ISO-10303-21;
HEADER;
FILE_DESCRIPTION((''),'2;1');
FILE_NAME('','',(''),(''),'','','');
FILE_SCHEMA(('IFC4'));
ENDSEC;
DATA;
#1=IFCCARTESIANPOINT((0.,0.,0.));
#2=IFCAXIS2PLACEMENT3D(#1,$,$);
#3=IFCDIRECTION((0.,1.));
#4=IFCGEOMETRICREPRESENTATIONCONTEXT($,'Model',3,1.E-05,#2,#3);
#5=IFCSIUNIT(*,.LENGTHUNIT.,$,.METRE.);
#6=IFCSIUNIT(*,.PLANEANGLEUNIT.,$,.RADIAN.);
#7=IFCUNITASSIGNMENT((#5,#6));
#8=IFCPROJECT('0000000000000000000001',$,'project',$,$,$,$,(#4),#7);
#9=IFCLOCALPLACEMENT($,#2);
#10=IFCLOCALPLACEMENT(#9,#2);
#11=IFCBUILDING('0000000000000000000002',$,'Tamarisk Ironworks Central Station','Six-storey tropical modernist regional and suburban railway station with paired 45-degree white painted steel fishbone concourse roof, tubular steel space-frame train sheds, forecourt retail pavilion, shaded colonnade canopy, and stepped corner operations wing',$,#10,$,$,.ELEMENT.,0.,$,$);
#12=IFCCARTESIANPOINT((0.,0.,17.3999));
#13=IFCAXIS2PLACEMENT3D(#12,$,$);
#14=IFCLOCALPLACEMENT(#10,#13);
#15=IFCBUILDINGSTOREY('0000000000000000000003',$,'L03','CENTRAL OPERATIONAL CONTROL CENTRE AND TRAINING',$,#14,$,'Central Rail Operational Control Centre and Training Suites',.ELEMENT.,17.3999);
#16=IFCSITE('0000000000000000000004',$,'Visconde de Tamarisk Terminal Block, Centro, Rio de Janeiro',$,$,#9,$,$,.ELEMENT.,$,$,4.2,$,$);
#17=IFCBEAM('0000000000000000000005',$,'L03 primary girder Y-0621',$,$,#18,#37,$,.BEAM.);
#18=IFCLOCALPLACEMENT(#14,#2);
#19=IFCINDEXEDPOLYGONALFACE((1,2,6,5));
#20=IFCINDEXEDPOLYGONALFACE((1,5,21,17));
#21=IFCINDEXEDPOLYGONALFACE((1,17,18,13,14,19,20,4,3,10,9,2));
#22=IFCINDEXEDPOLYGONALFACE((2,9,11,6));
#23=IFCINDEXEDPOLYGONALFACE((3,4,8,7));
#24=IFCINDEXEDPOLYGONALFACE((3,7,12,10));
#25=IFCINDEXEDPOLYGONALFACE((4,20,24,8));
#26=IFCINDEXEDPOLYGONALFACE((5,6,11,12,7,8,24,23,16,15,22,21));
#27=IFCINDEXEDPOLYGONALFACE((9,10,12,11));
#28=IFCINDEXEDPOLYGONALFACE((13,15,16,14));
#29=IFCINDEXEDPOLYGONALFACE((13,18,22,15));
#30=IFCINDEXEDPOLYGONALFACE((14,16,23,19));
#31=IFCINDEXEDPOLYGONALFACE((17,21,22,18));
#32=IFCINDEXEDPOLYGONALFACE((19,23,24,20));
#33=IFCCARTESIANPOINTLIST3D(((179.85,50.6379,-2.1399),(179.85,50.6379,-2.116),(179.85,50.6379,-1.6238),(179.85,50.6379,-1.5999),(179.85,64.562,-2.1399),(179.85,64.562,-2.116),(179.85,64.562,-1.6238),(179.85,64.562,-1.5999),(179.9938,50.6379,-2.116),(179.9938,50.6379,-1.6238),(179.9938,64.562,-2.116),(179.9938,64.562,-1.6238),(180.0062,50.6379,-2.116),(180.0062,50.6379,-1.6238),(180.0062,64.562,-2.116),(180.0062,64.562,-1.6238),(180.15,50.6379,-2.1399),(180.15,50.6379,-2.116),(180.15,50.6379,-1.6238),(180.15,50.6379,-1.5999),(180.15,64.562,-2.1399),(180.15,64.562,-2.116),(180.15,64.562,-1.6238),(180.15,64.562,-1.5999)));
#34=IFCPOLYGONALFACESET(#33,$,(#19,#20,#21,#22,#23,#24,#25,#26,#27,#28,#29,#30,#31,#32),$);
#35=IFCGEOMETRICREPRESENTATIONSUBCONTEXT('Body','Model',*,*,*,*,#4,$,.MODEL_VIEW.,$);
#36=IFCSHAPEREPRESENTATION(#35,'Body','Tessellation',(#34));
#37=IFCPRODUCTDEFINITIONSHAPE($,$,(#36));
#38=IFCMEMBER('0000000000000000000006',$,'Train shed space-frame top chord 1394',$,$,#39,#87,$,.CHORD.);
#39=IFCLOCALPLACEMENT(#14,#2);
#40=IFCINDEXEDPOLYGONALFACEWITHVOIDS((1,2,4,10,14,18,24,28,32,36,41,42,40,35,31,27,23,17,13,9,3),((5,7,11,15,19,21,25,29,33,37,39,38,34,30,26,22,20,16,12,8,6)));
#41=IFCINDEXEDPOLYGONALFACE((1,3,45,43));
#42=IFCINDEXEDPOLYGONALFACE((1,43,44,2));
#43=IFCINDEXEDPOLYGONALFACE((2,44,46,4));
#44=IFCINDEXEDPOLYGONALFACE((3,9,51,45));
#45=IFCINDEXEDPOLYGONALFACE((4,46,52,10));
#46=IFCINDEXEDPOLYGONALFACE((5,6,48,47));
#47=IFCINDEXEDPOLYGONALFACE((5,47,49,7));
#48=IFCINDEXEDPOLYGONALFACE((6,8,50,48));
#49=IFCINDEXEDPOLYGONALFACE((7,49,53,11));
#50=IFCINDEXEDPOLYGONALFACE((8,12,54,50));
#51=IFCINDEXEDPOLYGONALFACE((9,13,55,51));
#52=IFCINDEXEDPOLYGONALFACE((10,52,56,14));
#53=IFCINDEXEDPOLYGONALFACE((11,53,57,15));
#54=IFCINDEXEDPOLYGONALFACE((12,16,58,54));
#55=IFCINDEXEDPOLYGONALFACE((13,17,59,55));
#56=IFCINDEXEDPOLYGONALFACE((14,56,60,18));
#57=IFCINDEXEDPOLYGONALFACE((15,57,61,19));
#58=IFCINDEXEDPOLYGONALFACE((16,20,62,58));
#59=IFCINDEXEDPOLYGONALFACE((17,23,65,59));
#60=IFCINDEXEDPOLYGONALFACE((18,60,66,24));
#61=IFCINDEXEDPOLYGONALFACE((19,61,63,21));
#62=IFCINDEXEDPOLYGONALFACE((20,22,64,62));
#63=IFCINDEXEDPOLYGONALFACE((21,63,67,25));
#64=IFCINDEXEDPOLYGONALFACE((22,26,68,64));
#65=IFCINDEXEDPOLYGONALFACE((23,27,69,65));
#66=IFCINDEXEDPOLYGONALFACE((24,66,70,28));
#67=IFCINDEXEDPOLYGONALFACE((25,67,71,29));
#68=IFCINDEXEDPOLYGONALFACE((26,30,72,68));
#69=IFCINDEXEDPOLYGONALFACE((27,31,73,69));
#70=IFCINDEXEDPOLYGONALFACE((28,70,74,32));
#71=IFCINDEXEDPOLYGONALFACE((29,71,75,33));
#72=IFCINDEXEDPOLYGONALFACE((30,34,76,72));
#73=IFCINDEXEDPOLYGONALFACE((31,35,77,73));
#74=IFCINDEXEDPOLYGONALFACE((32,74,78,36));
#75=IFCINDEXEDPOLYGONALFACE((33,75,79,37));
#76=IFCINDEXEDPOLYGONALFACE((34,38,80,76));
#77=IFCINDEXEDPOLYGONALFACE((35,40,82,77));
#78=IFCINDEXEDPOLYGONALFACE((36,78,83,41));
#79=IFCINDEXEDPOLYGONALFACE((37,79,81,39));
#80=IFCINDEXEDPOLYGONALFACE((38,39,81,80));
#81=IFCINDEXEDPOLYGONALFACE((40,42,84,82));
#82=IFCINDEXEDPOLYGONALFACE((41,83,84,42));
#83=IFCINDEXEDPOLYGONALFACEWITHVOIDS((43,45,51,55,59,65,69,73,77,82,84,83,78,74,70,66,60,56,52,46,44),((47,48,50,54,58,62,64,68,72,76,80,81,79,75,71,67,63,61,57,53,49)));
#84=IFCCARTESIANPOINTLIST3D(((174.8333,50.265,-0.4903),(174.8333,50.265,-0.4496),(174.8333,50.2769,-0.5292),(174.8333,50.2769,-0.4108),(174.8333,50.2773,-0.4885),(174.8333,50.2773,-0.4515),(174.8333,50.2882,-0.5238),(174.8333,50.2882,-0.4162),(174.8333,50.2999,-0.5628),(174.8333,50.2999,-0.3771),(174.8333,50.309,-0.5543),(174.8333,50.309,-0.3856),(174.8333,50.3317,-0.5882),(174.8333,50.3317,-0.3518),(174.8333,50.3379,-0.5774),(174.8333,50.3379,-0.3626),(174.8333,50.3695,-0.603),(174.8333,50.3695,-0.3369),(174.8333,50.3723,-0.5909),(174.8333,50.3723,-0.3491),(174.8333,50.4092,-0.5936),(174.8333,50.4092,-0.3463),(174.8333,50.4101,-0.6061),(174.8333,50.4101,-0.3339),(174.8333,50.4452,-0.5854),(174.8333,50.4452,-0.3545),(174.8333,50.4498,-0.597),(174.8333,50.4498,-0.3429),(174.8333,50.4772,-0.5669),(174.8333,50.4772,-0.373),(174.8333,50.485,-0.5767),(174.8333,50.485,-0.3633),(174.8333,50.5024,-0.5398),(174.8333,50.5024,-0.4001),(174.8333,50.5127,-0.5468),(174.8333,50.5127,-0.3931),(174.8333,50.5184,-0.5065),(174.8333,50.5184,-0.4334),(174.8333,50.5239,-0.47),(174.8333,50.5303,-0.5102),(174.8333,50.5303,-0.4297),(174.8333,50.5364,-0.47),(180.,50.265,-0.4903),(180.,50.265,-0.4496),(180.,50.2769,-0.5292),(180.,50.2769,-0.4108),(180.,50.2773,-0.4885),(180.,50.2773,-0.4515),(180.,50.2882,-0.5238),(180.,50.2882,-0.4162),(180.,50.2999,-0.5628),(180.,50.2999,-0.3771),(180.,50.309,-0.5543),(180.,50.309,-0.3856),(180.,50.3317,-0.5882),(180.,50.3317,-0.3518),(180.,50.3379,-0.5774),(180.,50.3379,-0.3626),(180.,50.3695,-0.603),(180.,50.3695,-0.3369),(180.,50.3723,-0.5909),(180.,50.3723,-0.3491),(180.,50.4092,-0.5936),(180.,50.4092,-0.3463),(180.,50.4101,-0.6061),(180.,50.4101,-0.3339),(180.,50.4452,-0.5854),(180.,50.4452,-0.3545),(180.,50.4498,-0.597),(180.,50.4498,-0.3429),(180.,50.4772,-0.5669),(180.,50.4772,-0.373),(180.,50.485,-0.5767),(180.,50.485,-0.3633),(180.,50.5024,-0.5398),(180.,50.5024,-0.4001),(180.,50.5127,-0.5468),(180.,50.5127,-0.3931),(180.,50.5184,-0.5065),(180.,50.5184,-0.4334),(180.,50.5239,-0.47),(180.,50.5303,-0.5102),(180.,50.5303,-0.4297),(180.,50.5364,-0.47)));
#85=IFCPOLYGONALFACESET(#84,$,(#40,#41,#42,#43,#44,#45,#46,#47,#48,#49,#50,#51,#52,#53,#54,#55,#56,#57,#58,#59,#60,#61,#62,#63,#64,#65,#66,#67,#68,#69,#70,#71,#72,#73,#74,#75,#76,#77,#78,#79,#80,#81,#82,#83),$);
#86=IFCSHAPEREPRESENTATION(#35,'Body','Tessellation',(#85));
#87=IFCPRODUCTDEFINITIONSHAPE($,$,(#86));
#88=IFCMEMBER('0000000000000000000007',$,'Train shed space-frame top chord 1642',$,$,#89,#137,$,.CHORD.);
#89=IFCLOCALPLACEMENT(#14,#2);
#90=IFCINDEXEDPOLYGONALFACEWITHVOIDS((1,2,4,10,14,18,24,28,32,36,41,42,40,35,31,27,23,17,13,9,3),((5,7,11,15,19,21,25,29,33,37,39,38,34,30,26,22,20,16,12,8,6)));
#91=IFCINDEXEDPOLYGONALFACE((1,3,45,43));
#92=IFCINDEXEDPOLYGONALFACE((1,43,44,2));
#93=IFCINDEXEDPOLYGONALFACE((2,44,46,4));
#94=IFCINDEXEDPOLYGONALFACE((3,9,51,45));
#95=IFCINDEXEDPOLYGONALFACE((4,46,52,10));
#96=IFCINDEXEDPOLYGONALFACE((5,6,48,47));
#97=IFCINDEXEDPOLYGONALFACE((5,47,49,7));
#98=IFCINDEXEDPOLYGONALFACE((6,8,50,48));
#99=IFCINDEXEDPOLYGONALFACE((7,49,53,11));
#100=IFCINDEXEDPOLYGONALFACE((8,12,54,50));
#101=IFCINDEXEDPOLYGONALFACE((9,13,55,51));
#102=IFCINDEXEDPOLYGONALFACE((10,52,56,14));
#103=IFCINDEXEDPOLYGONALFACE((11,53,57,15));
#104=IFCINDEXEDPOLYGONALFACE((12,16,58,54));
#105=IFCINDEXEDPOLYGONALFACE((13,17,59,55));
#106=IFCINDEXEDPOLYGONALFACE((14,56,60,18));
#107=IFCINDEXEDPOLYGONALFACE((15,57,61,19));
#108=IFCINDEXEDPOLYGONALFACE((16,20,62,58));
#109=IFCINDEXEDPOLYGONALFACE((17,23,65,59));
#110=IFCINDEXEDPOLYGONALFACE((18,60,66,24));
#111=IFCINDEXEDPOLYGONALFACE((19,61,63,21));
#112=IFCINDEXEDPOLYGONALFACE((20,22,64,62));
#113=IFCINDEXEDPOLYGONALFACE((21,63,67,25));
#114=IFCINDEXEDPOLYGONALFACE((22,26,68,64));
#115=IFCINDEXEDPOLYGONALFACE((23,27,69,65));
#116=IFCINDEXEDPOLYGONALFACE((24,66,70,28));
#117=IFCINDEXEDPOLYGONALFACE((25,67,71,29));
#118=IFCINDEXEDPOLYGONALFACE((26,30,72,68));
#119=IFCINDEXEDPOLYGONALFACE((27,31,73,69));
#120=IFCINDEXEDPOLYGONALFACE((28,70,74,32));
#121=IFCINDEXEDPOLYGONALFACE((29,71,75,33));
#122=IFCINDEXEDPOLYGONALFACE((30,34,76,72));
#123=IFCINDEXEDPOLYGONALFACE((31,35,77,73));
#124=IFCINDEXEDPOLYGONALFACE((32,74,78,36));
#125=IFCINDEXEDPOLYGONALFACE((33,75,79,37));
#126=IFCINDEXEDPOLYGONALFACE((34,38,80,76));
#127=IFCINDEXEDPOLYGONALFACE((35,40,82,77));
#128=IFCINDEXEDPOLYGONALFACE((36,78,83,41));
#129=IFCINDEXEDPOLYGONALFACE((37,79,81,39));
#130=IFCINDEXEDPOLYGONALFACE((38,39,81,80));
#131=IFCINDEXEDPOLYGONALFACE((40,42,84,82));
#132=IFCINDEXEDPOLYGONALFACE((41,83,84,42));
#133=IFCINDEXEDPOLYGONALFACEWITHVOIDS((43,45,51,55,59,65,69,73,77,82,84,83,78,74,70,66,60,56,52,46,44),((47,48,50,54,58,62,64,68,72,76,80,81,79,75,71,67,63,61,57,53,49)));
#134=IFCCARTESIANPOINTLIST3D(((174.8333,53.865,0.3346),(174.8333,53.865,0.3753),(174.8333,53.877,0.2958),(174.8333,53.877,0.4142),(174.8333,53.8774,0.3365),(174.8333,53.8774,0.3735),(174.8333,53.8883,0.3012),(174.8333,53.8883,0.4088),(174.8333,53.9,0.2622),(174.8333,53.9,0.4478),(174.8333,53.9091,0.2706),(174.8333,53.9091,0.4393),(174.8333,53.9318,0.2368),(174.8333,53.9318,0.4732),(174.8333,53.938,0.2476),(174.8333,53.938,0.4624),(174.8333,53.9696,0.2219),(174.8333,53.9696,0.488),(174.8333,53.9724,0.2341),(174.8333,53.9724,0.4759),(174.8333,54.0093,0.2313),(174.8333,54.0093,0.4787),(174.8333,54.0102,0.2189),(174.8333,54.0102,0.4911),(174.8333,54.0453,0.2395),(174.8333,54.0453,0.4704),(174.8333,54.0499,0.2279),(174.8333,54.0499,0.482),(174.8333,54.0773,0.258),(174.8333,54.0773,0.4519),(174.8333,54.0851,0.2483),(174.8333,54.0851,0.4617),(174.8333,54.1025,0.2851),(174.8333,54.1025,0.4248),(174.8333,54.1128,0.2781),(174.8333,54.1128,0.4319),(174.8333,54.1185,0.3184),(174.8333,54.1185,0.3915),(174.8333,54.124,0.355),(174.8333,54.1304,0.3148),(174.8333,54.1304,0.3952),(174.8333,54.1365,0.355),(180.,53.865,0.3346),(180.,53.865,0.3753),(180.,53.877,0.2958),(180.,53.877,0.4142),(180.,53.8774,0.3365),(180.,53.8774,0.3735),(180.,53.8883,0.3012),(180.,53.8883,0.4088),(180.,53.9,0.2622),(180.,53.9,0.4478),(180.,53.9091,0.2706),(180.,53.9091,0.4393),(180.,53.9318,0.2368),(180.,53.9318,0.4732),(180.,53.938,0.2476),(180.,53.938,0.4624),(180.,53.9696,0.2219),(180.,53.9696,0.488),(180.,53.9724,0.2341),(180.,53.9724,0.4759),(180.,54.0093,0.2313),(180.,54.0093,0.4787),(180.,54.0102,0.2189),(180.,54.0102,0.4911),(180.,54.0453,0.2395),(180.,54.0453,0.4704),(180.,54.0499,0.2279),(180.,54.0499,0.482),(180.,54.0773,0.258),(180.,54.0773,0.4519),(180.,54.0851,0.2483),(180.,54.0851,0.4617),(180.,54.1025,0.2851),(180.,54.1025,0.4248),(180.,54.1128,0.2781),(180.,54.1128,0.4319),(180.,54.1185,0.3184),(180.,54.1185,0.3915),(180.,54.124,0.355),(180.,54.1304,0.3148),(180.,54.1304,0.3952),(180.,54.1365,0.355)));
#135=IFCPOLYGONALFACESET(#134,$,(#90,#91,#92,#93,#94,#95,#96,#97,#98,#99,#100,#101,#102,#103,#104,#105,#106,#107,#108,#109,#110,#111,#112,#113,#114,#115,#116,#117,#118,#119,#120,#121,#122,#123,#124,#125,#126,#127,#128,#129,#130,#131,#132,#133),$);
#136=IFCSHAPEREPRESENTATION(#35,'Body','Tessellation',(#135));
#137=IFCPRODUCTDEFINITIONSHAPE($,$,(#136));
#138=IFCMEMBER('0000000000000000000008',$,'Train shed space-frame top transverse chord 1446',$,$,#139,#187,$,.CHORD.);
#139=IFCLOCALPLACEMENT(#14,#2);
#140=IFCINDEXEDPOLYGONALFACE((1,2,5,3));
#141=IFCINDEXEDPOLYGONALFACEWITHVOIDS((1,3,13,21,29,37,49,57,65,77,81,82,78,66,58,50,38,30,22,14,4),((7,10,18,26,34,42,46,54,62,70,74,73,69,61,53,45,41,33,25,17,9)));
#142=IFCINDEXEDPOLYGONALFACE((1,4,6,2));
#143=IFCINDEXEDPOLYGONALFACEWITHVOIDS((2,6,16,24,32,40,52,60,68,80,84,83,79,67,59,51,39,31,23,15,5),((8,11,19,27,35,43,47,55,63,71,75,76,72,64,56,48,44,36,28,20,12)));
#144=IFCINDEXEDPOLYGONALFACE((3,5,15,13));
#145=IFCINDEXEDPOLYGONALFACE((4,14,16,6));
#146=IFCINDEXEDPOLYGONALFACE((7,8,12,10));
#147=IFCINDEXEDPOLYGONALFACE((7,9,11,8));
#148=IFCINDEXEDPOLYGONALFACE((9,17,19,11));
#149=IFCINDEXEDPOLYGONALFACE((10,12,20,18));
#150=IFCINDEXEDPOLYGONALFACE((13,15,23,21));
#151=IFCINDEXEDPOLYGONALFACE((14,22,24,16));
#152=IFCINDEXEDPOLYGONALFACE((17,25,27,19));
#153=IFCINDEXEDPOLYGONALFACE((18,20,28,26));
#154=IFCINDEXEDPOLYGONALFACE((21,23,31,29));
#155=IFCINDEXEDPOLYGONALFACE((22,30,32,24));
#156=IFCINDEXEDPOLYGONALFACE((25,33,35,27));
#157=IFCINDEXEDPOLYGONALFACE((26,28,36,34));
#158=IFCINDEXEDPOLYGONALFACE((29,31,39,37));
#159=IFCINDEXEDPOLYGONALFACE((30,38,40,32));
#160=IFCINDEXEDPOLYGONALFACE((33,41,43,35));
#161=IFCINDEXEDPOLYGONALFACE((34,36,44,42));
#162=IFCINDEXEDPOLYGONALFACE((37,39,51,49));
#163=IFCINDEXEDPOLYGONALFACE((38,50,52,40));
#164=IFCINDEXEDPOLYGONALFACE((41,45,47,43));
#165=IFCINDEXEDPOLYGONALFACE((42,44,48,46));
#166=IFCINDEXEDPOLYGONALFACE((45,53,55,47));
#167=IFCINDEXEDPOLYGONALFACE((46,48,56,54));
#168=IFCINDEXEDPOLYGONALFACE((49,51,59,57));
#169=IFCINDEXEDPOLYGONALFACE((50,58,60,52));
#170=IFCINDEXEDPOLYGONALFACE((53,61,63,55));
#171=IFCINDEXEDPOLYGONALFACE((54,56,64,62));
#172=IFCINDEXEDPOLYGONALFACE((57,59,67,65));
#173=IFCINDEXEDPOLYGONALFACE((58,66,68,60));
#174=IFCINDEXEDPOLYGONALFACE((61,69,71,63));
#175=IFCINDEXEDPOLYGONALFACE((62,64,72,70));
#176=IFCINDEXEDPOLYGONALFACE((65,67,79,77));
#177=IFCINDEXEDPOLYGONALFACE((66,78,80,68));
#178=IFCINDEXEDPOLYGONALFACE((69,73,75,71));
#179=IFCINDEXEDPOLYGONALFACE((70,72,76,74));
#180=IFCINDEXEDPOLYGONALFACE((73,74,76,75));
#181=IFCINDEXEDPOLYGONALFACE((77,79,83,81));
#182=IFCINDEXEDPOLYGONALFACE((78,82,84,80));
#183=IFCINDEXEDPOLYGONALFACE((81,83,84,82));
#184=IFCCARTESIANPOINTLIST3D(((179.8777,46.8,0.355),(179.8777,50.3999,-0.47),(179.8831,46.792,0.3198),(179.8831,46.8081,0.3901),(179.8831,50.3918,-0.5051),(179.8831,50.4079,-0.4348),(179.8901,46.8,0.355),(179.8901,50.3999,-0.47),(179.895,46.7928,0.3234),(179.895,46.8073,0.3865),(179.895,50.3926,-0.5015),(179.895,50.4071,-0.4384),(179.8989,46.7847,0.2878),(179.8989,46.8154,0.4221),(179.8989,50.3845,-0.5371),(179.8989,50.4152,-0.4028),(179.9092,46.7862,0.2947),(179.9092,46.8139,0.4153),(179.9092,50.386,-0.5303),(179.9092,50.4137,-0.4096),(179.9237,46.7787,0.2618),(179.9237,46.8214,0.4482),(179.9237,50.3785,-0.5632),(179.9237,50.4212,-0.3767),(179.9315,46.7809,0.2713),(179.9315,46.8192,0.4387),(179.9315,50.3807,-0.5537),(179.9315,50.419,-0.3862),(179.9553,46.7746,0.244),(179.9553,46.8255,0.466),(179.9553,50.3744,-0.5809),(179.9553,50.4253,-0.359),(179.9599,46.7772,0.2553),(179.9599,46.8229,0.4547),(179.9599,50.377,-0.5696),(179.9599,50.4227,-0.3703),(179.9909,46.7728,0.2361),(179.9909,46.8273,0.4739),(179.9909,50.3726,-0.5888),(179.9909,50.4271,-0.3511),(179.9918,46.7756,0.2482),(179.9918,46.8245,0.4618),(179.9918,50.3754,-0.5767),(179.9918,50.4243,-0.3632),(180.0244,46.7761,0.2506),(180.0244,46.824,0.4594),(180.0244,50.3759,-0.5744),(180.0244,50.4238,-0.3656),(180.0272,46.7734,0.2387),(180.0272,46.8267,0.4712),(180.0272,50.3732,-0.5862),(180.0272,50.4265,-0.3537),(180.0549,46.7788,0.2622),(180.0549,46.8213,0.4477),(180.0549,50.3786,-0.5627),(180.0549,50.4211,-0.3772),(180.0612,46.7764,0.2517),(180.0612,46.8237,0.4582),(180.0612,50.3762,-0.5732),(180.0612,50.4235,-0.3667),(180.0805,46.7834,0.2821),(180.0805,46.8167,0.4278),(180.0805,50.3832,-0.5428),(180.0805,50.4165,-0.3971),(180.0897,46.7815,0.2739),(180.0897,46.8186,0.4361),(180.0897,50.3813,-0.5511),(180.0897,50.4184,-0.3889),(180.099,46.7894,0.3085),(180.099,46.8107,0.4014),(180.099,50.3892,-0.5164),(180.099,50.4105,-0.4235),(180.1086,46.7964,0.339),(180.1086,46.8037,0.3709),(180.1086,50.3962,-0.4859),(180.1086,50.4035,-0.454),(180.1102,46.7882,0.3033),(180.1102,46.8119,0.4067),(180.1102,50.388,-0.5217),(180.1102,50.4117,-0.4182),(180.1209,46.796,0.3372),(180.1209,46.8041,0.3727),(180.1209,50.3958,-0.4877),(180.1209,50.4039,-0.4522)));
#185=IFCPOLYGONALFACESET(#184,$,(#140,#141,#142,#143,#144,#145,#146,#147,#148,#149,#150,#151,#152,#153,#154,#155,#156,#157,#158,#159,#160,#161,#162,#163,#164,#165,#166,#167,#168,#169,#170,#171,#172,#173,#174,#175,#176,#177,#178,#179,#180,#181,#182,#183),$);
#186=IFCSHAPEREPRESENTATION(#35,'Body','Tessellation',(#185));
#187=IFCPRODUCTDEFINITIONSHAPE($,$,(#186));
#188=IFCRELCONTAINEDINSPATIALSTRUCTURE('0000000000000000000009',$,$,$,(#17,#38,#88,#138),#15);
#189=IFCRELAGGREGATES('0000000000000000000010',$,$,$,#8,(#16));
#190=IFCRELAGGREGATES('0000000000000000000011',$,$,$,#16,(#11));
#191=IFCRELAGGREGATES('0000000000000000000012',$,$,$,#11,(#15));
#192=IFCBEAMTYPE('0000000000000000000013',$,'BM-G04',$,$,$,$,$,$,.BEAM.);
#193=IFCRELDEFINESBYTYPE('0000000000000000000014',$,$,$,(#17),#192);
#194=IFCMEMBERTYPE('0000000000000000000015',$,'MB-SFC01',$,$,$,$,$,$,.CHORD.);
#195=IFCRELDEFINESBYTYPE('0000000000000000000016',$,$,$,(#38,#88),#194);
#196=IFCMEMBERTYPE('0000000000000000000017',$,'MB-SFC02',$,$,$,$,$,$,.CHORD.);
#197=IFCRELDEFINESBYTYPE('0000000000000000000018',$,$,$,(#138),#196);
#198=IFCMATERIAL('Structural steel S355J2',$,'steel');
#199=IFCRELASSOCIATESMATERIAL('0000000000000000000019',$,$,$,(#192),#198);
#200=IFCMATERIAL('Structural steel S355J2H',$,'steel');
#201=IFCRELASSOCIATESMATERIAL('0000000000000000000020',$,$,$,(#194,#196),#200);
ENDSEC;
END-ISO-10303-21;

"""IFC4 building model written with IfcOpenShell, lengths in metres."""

from ifc_helpers import new_model, si_unit, direction, frame, origin, origin_2d, place, context, subcontext, project, spatial, hollow_circle, i_section, extrude, material, material_profile, profile_set, type_object, element, save


model = new_model("IFC4")

# Units and contexts
model_context = context("Model", 3, precision=1e-05, world=origin(), true_north=direction((0.0, 1.0)))
body_context = subcontext(model_context, "Body", "Model", "MODEL_VIEW")
ifc_project = project(units=[si_unit("LENGTHUNIT", "METRE"), si_unit("PLANEANGLEUNIT", "RADIAN")], contexts=[model_context])

# Site, building, storey
site_placement = place(None, origin())
site = spatial("IfcSite", under=ifc_project, at=site_placement, Name="Visconde de Tamarisk Terminal Block, Centro, Rio de Janeiro", CompositionType="ELEMENT", RefElevation=4.2)
building_placement = place(site_placement, origin())
building = spatial("IfcBuilding", under=site, at=building_placement, Name="Tamarisk Ironworks Central Station", Description="Six-storey tropical modernist regional and suburban railway station with paired 45-degree white painted steel fishbone concourse roof, tubular steel space-frame train sheds, forecourt retail pavilion, shaded colonnade canopy, and stepped corner operations wing", CompositionType="ELEMENT", ElevationOfRefHeight=0.0)
storey_placement = place(building_placement, frame((0.0, 0.0, 17.3999)))
storey = spatial("IfcBuildingStorey", under=building, at=storey_placement, Name="L03", Description="CENTRAL OPERATIONAL CONTROL CENTRE AND TRAINING", LongName="Central Rail Operational Control Centre and Training Suites", CompositionType="ELEMENT", Elevation=17.3999)

# Beam
ifc_material_1 = material(Name="Structural steel S355J2", Category="steel")
ifc_material_profile_1 = material_profile(ifc_material_1, i_section(OverallWidth=0.3, OverallDepth=0.54, WebThickness=0.0125, FlangeThickness=0.0239, at=origin_2d()), Name="HEA 550")
ifc_profile_set_1 = profile_set([ifc_material_profile_1], Name="Structural steel S355J2")
beam_type = type_object("IfcBeamType", Name="BM-G04", PredefinedType="BEAM", material=ifc_profile_set_1)
beam_placement = place(storey_placement, frame((180.0, 50.6379, -1.8699), z_axis=(0.0, 1.0, 0.0), x_axis=(-1.0, 0.0, 0.0)))
element("IfcBeam", 1, at=beam_placement, inside=storey, type_object=beam_type, Name="L03 primary girder Y-0621", PredefinedType="BEAM", context=body_context, shape_type="SweptSolid", body=[
    extrude(i_section(OverallWidth=0.3, OverallDepth=0.54, WebThickness=0.0125, FlangeThickness=0.0239, at=origin_2d()), origin(), (0.0, 0.0, 1.0), 13.9241),
])

# Members
ifc_material_2 = material(Name="Structural steel S355J2H", Category="steel")
ifc_material_profile_2 = material_profile(ifc_material_2, hollow_circle(Radius=0.1365, WallThickness=0.0125, at=origin_2d()), Name="CHS 273x12.5")
ifc_profile_set_2 = profile_set([ifc_material_profile_2], Name="Structural steel S355J2H")
member_type_1 = type_object("IfcMemberType", Name="MB-SFC01", PredefinedType="CHORD", material=ifc_profile_set_2)
for number, where, z_axis, x_axis, name in (
    (2, (174.8333, 50.3999, -0.47), (1.0, 0.0, 0.0), (0.0, 1.0, 0.0), "Train shed space-frame top chord 1394"),
    (3, (174.8333, 54.0, 0.355), (1.0, 0.0, 0.0), (0.0, 1.0, 0.0), "Train shed space-frame top chord 1642"),
):
    element("IfcMember", number, at=place(storey_placement, frame(where, z_axis=z_axis, x_axis=x_axis)), inside=storey, type_object=member_type_1, Name=name, PredefinedType="CHORD", context=body_context, shape_type="SweptSolid", body=[
        extrude(hollow_circle(Radius=0.1365, WallThickness=0.0125, at=origin_2d()), origin(), (0.0, 0.0, 1.0), 5.1667),
    ])
ifc_material_profile_3 = material_profile(ifc_material_2, hollow_circle(Radius=0.1223, WallThickness=0.0125, at=origin_2d()), Name="CHS 244.5x12.5")
ifc_profile_set_3 = profile_set([ifc_material_profile_3], Name="Structural steel S355J2H")
member_type_2 = type_object("IfcMemberType", Name="MB-SFC02", PredefinedType="CHORD", material=ifc_profile_set_3)
member_1_placement = place(storey_placement, frame((180.0, 46.8, 0.355), z_axis=(0.0, 0.974733, -0.223372), x_axis=(-1.0, 0.0, 0.0)))
element("IfcMember", 4, at=member_1_placement, inside=storey, type_object=member_type_2, Name="Train shed space-frame top transverse chord 1446", PredefinedType="CHORD", context=body_context, shape_type="SweptSolid", body=[
    extrude(hollow_circle(Radius=0.1223, WallThickness=0.0125, at=origin_2d()), origin(), (0.0, 0.0, 1.0), 3.6931),
])

save(model, "model.ifc")
